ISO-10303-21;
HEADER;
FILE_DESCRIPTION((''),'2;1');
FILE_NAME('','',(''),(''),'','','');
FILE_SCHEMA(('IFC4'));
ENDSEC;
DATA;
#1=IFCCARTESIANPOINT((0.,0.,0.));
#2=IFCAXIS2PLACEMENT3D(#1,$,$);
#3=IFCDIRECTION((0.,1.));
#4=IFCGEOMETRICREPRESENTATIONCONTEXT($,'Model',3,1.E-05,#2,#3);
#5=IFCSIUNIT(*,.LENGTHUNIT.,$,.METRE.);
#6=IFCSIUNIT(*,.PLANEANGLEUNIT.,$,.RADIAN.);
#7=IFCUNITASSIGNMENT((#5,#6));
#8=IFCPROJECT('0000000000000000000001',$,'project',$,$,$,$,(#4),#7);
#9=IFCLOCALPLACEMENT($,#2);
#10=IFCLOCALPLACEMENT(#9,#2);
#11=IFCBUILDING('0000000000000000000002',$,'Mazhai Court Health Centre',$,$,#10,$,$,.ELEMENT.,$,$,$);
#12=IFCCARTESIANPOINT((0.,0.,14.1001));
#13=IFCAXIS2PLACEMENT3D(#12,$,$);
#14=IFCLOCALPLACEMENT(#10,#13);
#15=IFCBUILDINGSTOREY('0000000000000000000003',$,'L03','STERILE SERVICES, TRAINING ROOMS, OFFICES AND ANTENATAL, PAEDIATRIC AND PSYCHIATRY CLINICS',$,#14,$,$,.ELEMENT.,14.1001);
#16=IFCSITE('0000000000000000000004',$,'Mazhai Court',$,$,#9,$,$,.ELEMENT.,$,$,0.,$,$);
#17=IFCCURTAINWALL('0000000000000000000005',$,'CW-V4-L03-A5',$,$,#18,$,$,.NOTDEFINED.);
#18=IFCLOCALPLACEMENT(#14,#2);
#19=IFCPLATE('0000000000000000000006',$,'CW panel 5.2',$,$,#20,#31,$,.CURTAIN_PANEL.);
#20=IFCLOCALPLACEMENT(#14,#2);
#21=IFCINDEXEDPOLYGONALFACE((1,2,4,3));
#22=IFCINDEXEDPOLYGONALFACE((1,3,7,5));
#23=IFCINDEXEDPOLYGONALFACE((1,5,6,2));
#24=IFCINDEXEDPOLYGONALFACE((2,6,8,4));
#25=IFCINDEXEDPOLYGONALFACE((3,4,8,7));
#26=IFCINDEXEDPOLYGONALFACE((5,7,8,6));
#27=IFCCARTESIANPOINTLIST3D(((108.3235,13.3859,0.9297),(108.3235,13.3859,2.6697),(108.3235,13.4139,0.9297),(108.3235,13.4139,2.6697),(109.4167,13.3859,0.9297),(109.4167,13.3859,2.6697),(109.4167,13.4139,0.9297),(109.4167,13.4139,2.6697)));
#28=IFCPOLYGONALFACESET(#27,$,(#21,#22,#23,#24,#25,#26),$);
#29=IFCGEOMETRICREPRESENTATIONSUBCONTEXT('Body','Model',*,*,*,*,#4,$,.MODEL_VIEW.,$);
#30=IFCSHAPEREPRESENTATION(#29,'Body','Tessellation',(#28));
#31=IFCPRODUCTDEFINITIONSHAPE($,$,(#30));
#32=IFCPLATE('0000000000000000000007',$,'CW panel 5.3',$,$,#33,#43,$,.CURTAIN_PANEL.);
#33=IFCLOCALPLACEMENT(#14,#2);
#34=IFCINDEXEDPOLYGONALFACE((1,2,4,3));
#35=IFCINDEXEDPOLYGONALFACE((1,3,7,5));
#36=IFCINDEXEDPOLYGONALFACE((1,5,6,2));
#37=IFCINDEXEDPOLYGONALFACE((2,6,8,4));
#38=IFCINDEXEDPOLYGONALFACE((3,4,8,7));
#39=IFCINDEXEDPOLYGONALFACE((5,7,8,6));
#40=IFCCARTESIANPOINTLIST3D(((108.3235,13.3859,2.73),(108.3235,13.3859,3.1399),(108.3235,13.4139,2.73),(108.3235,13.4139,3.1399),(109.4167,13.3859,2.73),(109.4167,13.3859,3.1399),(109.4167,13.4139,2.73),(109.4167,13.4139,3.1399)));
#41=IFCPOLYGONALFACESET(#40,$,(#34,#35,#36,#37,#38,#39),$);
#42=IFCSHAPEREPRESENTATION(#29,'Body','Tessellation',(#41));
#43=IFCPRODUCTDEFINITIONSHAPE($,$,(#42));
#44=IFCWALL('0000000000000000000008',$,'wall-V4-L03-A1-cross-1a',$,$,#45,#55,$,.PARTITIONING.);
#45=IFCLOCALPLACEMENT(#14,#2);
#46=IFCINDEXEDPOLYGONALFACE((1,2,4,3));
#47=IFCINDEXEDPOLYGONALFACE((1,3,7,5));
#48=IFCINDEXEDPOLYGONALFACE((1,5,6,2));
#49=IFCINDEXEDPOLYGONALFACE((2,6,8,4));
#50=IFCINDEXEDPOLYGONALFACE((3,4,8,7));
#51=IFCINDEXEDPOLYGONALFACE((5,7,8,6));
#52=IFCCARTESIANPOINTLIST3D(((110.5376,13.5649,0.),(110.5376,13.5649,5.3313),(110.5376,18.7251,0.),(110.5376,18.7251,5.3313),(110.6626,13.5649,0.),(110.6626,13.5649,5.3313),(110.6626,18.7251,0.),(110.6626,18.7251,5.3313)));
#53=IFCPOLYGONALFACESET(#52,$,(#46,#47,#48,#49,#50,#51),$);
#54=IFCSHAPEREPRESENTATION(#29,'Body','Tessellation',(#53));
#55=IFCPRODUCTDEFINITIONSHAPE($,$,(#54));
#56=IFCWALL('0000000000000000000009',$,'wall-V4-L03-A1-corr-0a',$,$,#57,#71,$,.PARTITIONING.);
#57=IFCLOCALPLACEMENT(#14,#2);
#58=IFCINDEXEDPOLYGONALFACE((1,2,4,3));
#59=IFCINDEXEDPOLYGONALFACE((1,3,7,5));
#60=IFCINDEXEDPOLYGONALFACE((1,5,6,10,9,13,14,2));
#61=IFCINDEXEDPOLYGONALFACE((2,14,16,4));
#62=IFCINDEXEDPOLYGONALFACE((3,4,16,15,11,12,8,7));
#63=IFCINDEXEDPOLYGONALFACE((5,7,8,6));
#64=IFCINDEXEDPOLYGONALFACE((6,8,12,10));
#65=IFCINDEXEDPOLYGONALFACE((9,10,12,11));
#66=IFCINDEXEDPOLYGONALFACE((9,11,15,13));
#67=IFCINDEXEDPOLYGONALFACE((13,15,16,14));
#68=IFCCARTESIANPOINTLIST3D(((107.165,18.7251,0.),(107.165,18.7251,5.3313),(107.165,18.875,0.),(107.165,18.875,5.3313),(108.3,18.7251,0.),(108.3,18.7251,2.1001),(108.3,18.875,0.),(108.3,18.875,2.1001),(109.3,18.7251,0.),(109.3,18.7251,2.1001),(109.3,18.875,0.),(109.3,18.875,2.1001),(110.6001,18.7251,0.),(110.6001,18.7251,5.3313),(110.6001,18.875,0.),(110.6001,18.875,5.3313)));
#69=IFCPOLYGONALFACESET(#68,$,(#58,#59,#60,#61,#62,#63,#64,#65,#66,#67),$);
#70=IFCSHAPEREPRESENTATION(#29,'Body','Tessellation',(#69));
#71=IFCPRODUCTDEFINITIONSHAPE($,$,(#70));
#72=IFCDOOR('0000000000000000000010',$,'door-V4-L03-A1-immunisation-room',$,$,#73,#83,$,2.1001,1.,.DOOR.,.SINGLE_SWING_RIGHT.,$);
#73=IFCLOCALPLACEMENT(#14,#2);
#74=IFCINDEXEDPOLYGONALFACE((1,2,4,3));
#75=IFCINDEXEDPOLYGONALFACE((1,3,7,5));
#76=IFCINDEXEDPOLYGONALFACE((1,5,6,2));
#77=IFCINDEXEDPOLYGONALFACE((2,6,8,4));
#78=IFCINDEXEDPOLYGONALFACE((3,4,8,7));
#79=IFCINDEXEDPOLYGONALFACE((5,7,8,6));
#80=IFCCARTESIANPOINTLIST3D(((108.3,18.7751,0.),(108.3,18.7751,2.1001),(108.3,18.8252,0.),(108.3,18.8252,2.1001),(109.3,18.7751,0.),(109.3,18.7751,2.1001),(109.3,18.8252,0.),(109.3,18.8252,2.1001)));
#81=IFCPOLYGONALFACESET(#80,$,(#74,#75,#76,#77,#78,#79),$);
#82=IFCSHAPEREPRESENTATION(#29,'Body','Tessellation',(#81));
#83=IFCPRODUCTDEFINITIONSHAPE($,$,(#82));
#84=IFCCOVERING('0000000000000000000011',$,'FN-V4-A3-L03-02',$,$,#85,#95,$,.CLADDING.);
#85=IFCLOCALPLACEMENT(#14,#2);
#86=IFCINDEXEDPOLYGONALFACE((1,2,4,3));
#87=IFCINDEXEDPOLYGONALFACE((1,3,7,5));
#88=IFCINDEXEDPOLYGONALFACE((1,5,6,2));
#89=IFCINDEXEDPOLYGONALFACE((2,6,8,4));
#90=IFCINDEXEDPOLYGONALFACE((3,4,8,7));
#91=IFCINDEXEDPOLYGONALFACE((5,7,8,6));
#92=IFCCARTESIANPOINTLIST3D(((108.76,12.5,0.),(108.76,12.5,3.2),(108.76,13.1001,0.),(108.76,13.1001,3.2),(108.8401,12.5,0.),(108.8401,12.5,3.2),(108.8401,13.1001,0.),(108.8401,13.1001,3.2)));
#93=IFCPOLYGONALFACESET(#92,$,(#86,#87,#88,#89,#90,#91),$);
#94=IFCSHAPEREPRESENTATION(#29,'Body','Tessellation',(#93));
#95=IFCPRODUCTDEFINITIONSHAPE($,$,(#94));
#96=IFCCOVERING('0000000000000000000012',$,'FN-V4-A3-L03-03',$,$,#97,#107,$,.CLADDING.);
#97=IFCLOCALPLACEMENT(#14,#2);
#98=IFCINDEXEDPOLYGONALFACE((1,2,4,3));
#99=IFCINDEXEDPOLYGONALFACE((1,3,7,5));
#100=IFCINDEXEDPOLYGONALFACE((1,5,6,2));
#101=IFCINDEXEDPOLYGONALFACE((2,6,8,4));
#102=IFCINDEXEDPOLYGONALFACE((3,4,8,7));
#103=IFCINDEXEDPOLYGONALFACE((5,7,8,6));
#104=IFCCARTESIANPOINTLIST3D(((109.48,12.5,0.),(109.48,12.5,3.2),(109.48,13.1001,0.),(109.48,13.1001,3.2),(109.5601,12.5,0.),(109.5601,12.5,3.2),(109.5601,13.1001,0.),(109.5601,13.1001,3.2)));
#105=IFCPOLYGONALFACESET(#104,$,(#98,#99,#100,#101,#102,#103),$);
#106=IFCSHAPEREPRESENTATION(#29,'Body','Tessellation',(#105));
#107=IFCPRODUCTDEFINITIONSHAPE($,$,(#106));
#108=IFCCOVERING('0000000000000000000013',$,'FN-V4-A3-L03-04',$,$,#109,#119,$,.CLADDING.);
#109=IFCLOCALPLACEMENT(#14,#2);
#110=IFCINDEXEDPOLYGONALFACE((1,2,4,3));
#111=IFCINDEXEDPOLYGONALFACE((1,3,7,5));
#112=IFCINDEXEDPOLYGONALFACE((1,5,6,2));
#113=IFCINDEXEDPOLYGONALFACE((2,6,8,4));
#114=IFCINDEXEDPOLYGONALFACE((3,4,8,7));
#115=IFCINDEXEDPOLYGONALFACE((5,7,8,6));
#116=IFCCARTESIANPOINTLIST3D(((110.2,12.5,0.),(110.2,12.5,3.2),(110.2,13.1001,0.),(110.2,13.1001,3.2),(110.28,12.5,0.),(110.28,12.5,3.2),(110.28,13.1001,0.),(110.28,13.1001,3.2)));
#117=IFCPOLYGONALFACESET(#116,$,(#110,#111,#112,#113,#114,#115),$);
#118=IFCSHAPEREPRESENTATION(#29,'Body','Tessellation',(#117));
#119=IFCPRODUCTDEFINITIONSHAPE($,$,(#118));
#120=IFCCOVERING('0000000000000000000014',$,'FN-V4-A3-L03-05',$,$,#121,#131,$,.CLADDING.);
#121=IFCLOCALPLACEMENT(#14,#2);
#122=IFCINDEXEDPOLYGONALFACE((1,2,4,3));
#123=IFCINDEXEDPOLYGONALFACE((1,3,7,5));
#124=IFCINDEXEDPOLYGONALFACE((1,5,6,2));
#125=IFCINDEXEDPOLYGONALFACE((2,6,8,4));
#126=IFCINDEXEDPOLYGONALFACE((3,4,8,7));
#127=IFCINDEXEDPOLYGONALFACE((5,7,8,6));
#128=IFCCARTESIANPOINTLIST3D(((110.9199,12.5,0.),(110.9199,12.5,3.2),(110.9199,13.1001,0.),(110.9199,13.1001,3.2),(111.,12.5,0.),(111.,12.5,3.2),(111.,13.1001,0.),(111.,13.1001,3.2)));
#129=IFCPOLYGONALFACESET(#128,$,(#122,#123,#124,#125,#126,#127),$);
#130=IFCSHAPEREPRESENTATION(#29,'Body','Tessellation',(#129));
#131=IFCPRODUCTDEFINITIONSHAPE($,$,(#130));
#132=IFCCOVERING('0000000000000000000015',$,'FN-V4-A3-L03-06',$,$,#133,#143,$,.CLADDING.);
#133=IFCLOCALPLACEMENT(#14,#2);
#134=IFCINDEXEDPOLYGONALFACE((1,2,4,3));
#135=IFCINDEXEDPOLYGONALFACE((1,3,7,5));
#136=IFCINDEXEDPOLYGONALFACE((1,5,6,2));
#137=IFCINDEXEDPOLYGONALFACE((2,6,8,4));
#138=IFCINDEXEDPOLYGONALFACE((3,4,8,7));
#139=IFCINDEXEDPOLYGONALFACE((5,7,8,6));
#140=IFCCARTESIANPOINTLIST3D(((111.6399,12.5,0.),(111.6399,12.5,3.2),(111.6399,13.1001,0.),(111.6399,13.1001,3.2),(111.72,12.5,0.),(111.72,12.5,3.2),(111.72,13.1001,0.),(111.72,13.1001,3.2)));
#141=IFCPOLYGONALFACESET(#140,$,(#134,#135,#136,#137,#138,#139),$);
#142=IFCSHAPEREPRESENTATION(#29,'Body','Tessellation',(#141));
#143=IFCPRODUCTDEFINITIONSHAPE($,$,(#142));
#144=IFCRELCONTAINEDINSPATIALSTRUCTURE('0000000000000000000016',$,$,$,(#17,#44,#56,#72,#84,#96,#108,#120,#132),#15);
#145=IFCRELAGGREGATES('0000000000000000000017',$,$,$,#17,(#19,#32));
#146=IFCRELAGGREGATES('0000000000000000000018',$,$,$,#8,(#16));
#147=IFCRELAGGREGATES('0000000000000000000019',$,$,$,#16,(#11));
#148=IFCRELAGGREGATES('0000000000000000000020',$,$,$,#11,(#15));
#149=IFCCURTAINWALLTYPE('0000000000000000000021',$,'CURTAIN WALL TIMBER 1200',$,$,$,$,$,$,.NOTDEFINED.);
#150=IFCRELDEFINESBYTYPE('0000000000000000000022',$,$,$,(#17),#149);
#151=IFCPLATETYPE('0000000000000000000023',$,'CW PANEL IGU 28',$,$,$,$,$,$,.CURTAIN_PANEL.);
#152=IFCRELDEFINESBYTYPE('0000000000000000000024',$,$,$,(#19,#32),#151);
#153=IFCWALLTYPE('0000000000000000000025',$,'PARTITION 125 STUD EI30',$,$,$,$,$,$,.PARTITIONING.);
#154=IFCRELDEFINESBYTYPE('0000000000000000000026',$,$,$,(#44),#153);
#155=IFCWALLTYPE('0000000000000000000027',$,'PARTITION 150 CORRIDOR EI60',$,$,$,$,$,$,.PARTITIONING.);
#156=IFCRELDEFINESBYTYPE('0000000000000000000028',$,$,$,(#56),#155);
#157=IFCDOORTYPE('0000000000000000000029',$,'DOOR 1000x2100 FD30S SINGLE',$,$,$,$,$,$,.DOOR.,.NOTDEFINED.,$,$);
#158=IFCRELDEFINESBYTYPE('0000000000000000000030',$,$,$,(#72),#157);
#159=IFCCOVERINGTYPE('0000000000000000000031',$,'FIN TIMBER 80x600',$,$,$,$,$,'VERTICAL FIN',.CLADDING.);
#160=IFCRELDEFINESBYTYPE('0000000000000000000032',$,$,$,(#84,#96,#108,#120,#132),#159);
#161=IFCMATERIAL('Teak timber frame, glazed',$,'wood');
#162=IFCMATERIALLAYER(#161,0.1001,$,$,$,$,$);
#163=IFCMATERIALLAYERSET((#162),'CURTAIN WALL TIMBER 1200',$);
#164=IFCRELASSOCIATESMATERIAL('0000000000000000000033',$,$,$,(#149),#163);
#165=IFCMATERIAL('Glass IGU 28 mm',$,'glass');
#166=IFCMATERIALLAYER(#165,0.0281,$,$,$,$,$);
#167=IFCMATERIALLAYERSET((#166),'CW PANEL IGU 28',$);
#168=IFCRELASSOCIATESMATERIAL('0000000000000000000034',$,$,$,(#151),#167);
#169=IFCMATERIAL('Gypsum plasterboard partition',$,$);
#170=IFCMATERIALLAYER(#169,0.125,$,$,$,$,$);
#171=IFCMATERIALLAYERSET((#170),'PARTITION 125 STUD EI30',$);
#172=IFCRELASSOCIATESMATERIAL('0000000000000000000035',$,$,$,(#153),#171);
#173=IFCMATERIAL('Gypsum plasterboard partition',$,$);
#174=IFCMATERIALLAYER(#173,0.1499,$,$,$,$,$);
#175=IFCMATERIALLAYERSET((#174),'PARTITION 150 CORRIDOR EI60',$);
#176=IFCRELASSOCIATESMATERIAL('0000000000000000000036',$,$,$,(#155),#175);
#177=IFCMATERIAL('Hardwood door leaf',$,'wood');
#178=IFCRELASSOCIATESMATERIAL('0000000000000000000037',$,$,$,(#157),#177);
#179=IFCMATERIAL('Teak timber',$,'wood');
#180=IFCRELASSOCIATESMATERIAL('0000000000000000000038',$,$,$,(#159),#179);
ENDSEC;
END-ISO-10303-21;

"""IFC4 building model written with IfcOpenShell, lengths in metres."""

from ifc_helpers import new_model, si_unit, direction, frame, frame_2d, origin, origin_2d, place, context, subcontext, project, spatial, rectangle, extrude, material, layer, layer_set, type_object, element, fill, aggregate, save


model = new_model("IFC4")

# Units and contexts
model_context = context("Model", 3, precision=1e-05, world=origin(), true_north=direction((0.0, 1.0)))
body_context = subcontext(model_context, "Body", "Model", "MODEL_VIEW")
ifc_project = project(units=[si_unit("LENGTHUNIT", "METRE"), si_unit("PLANEANGLEUNIT", "RADIAN")], contexts=[model_context])

# Site, building, storey
site_placement = place(None, origin())
site = spatial("IfcSite", under=ifc_project, at=site_placement, Name="Mazhai Court", CompositionType="ELEMENT", RefElevation=0.0)
building_placement = place(site_placement, origin())
building = spatial("IfcBuilding", under=site, at=building_placement, Name="Mazhai Court Health Centre", CompositionType="ELEMENT")
storey_placement = place(building_placement, frame((0.0, 0.0, 14.1001)))
storey = spatial("IfcBuildingStorey", under=building, at=storey_placement, Name="L03", Description="STERILE SERVICES, TRAINING ROOMS, OFFICES AND ANTENATAL, PAEDIATRIC AND PSYCHIATRY CLINICS", CompositionType="ELEMENT", Elevation=14.1001)

# Curtain wall
ifc_material_1 = material(Name="Teak timber frame, glazed", Category="wood")
ifc_layer_1 = layer(ifc_material_1, 0.1001)
ifc_layer_set_1 = layer_set([ifc_layer_1], Name="CURTAIN WALL TIMBER 1200")
curtain_wall_type = type_object("IfcCurtainWallType", Name="CURTAIN WALL TIMBER 1200", PredefinedType="NOTDEFINED", material=ifc_layer_set_1)
curtain_wall_placement = place(storey_placement, origin())
curtain_wall = element("IfcCurtainWall", 1, at=curtain_wall_placement, inside=storey, type_object=curtain_wall_type, Name="CW-V4-L03-A5", PredefinedType="NOTDEFINED")

# Plates
ifc_material_2 = material(Name="Glass IGU 28 mm", Category="glass")
ifc_layer_2 = layer(ifc_material_2, 0.0281)
ifc_layer_set_2 = layer_set([ifc_layer_2], Name="CW PANEL IGU 28")
plate_type = type_object("IfcPlateType", Name="CW PANEL IGU 28", PredefinedType="CURTAIN_PANEL", material=ifc_layer_set_2)
plate_1_placement = place(storey_placement, frame((108.8701, 13.3999, 0.9297), z_axis=(0.0, 0.0, 1.0), x_axis=(-1.0, 0.0, 0.0)))
plate_1 = element("IfcPlate", 2, at=plate_1_placement, type_object=plate_type, Name="CW panel 5.2", PredefinedType="CURTAIN_PANEL", context=body_context, shape_type="SweptSolid", body=[
    extrude(rectangle(XDim=1.0933, YDim=0.0281, at=origin_2d()), origin(), (0.0, 0.0, 1.0), 1.74),
])
plate_2_placement = place(storey_placement, frame((108.8701, 13.3999, 2.73), z_axis=(0.0, 0.0, 1.0), x_axis=(-1.0, 0.0, 0.0)))
plate_2 = element("IfcPlate", 3, at=plate_2_placement, type_object=plate_type, Name="CW panel 5.3", PredefinedType="CURTAIN_PANEL", context=body_context, shape_type="SweptSolid", body=[
    extrude(rectangle(XDim=1.0933, YDim=0.0281, at=origin_2d()), origin(), (0.0, 0.0, 1.0), 0.4099),
])
aggregate(curtain_wall, [plate_1, plate_2])

# Wall
ifc_material_3 = material(Name="Gypsum plasterboard partition")
ifc_layer_3 = layer(ifc_material_3, 0.125)
ifc_layer_set_3 = layer_set([ifc_layer_3], Name="PARTITION 125 STUD EI30")
wall_type_1 = type_object("IfcWallType", Name="PARTITION 125 STUD EI30", PredefinedType="PARTITIONING", material=ifc_layer_set_3)
wall_1_placement = place(storey_placement, frame((110.6001, 13.5649, 0.0), z_axis=(0.0, 0.0, 1.0), x_axis=(0.0, 1.0, 0.0)))
element("IfcWall", 4, at=wall_1_placement, inside=storey, type_object=wall_type_1, Name="wall-V4-L03-A1-cross-1a", PredefinedType="PARTITIONING", context=body_context, shape_type="SweptSolid", body=[
    extrude(rectangle(XDim=5.1602, YDim=0.125, at=frame_2d((2.5801, 0.0))), origin(), (0.0, 0.0, 1.0), 5.3313),
])

# Wall, opening, door
ifc_material_4 = material(Name="Gypsum plasterboard partition")
ifc_layer_4 = layer(ifc_material_4, 0.1499)
ifc_layer_set_4 = layer_set([ifc_layer_4], Name="PARTITION 150 CORRIDOR EI60")
wall_type_2 = type_object("IfcWallType", Name="PARTITION 150 CORRIDOR EI60", PredefinedType="PARTITIONING", material=ifc_layer_set_4)
wall_2_placement = place(storey_placement, frame((110.6001, 18.8, 0.0), z_axis=(0.0, 0.0, 1.0), x_axis=(-1.0, 0.0, 0.0)))
wall_2 = element("IfcWall", 5, at=wall_2_placement, inside=storey, type_object=wall_type_2, Name="wall-V4-L03-A1-corr-0a", PredefinedType="PARTITIONING", context=body_context, shape_type="SweptSolid", body=[
    extrude(rectangle(XDim=3.4351, YDim=0.1499, at=frame_2d((1.7175, 0.0))), origin(), (0.0, 0.0, 1.0), 5.3313),
])
opening_placement = place(wall_2_placement, frame((1.3, 0.0, 0.0)))
opening = element("IfcOpeningElement", 6, at=opening_placement, cuts=wall_2, PredefinedType="OPENING", context=body_context, shape_type="SweptSolid", body=[
    extrude(rectangle(XDim=1.0, YDim=2.1001, at=frame_2d((0.5, 1.05))), frame((0.0, 0.085, 0.0), z_axis=(0.0, -1.0, 0.0), x_axis=(1.0, 0.0, 0.0)), (0.0, 0.0, 1.0), 0.1699),
])
ifc_material_5 = material(Name="Hardwood door leaf", Category="wood")
door_type = type_object("IfcDoorType", Name="DOOR 1000x2100 FD30S SINGLE", OperationType="NOTDEFINED", PredefinedType="DOOR", material=ifc_material_5)
door_placement = place(opening_placement, origin())
door = element("IfcDoor", 7, at=door_placement, inside=storey, type_object=door_type, Name="door-V4-L03-A1-immunisation-room", OperationType="SINGLE_SWING_RIGHT", OverallHeight=2.1001, OverallWidth=1.0, PredefinedType="DOOR", context=body_context, shape_type="SweptSolid", body=[
    extrude(rectangle(XDim=1.0, YDim=2.1001, at=frame_2d((0.5, 1.05))), frame((0.0, 0.0249, 0.0), z_axis=(0.0, -1.0, 0.0), x_axis=(1.0, 0.0, 0.0)), (0.0, 0.0, 1.0), 0.05),
])
fill(opening, door)

# Coverings
ifc_material_6 = material(Name="Teak timber", Category="wood")
covering_type = type_object("IfcCoveringType", Name="FIN TIMBER 80x600", ElementType="VERTICAL FIN", PredefinedType="CLADDING", material=ifc_material_6)
for number, where, z_axis, x_axis, name in (
    (8, (108.8, 12.8, 0.0), (0.0, 0.0, 1.0), (1.0, 0.0, 0.0), "FN-V4-A3-L03-02"),
    (9, (109.52, 12.8, 0.0), (0.0, 0.0, 1.0), (1.0, 0.0, 0.0), "FN-V4-A3-L03-03"),
    (10, (110.24, 12.8, 0.0), (0.0, 0.0, 1.0), (1.0, 0.0, 0.0), "FN-V4-A3-L03-04"),
    (11, (110.96, 12.8, 0.0), (0.0, 0.0, 1.0), (1.0, 0.0, 0.0), "FN-V4-A3-L03-05"),
    (12, (111.6799, 12.8, 0.0), (0.0, 0.0, 1.0), (1.0, 0.0, 0.0), "FN-V4-A3-L03-06"),
):
    element("IfcCovering", number, at=place(storey_placement, frame(where, z_axis=z_axis, x_axis=x_axis)), inside=storey, type_object=covering_type, Name=name, PredefinedType="CLADDING", context=body_context, shape_type="SweptSolid", body=[
        extrude(rectangle(XDim=0.0801, YDim=0.6001, at=origin_2d()), origin(), (0.0, 0.0, 1.0), 3.2),
    ])

save(model, "model.ifc")
